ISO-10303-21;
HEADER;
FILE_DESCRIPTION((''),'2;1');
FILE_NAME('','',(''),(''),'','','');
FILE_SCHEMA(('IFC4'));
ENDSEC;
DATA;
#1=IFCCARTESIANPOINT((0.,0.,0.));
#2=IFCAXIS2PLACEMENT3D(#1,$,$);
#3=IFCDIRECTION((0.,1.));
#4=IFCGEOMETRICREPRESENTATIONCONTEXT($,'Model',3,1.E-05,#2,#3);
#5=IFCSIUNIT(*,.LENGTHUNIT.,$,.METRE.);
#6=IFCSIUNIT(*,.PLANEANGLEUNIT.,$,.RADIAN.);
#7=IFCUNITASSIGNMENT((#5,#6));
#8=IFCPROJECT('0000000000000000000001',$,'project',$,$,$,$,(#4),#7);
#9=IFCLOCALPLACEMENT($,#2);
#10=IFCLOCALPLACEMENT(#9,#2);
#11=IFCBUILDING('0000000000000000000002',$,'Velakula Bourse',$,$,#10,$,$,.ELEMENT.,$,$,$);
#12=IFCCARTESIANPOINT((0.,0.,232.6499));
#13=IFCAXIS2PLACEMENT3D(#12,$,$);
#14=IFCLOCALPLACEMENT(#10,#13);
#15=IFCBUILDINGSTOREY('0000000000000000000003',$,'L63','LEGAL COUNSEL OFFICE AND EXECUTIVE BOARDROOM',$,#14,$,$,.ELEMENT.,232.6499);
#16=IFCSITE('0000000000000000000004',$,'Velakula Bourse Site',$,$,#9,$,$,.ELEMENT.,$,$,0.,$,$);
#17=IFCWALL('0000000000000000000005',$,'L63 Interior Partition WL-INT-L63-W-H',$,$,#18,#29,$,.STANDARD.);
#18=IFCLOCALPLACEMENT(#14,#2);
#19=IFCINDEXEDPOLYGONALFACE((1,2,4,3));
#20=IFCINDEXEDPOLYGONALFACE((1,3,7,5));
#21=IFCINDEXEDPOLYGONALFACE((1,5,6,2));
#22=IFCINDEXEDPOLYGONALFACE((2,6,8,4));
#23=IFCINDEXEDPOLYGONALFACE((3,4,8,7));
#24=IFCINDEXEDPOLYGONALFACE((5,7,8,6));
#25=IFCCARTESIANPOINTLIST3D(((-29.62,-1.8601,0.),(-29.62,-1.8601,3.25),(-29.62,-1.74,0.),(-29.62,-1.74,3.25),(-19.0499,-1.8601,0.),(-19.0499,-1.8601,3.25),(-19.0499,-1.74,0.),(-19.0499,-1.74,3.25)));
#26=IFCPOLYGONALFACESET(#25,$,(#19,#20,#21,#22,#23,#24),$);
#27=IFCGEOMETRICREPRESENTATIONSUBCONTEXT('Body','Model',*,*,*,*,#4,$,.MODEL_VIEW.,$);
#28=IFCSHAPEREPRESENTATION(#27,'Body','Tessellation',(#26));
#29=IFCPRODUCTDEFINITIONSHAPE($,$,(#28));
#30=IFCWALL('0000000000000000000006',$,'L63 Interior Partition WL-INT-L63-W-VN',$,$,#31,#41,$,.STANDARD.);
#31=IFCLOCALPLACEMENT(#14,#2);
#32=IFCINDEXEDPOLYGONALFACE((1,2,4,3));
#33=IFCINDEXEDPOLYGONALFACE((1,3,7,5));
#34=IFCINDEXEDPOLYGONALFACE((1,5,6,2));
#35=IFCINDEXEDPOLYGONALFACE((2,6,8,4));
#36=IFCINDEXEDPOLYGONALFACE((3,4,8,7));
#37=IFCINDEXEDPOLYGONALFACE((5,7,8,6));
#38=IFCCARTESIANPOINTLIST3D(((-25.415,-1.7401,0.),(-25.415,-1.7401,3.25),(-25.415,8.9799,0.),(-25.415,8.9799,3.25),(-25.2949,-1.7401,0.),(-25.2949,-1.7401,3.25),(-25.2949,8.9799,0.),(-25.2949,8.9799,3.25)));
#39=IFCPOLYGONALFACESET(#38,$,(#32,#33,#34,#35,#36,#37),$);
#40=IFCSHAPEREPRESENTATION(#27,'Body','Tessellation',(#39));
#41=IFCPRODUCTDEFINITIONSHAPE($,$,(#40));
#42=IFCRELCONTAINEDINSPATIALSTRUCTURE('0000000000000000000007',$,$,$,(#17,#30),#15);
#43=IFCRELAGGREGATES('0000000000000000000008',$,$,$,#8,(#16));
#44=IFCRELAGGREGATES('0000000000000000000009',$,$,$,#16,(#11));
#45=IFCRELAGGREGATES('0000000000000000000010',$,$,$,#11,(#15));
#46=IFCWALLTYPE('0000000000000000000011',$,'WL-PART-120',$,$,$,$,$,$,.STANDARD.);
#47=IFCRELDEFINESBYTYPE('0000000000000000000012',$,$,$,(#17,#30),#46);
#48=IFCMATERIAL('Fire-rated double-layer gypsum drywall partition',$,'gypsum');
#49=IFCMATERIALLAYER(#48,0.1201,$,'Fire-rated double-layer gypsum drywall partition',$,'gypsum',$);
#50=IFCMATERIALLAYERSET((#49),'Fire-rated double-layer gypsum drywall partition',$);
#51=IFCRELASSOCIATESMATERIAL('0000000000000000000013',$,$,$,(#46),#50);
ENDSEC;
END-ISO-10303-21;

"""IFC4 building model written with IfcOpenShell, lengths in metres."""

from ifc_helpers import new_model, si_unit, direction, frame, frame_2d, origin, place, context, subcontext, project, spatial, rectangle, extrude, material, layer, layer_set, type_object, element, save


model = new_model("IFC4")

# Units and contexts
model_context = context("Model", 3, precision=1e-05, world=origin(), true_north=direction((0.0, 1.0)))
body_context = subcontext(model_context, "Body", "Model", "MODEL_VIEW")
ifc_project = project(units=[si_unit("LENGTHUNIT", "METRE"), si_unit("PLANEANGLEUNIT", "RADIAN")], contexts=[model_context])

# Site, building, storey
site_placement = place(None, origin())
site = spatial("IfcSite", under=ifc_project, at=site_placement, Name="Velakula Bourse Site", CompositionType="ELEMENT", RefElevation=0.0)
building_placement = place(site_placement, origin())
building = spatial("IfcBuilding", under=site, at=building_placement, Name="Velakula Bourse", CompositionType="ELEMENT")
storey_placement = place(building_placement, frame((0.0, 0.0, 232.6499)))
storey = spatial("IfcBuildingStorey", under=building, at=storey_placement, Name="L63", Description="LEGAL COUNSEL OFFICE AND EXECUTIVE BOARDROOM", CompositionType="ELEMENT", Elevation=232.6499)

# Walls
ifc_material_1 = material(Name="Fire-rated double-layer gypsum drywall partition", Category="gypsum")
ifc_layer_1 = layer(ifc_material_1, 0.1201, Name="Fire-rated double-layer gypsum drywall partition", Category="gypsum")
ifc_layer_set_1 = layer_set([ifc_layer_1], Name="Fire-rated double-layer gypsum drywall partition")
wall_type_1 = type_object("IfcWallType", Name="WL-PART-120", PredefinedType="STANDARD", material=ifc_layer_set_1)
wall_1_placement = place(storey_placement, frame((-29.6201, -1.8, 0.0), z_axis=(0.0, 0.0, 1.0), x_axis=(1.0, 0.0, 0.0)))
element("IfcWall", 1, at=wall_1_placement, inside=storey, type_object=wall_type_1, Name="L63 Interior Partition WL-INT-L63-W-H", PredefinedType="STANDARD", context=body_context, shape_type="SweptSolid", body=[
    extrude(rectangle(XDim=10.5701, YDim=0.1201, at=frame_2d((5.2852, 0.0))), origin(), (0.0, 0.0, 1.0), 3.25),
])
wall_2_placement = place(storey_placement, frame((-25.355, -1.74, 0.0), z_axis=(0.0, 0.0, 1.0), x_axis=(0.0, 1.0, 0.0)))
element("IfcWall", 2, at=wall_2_placement, inside=storey, type_object=wall_type_1, Name="L63 Interior Partition WL-INT-L63-W-VN", PredefinedType="STANDARD", context=body_context, shape_type="SweptSolid", body=[
    extrude(rectangle(XDim=10.72, YDim=0.1201, at=frame_2d((5.3599, 0.0))), origin(), (0.0, 0.0, 1.0), 3.25),
])

save(model, "model.ifc")
